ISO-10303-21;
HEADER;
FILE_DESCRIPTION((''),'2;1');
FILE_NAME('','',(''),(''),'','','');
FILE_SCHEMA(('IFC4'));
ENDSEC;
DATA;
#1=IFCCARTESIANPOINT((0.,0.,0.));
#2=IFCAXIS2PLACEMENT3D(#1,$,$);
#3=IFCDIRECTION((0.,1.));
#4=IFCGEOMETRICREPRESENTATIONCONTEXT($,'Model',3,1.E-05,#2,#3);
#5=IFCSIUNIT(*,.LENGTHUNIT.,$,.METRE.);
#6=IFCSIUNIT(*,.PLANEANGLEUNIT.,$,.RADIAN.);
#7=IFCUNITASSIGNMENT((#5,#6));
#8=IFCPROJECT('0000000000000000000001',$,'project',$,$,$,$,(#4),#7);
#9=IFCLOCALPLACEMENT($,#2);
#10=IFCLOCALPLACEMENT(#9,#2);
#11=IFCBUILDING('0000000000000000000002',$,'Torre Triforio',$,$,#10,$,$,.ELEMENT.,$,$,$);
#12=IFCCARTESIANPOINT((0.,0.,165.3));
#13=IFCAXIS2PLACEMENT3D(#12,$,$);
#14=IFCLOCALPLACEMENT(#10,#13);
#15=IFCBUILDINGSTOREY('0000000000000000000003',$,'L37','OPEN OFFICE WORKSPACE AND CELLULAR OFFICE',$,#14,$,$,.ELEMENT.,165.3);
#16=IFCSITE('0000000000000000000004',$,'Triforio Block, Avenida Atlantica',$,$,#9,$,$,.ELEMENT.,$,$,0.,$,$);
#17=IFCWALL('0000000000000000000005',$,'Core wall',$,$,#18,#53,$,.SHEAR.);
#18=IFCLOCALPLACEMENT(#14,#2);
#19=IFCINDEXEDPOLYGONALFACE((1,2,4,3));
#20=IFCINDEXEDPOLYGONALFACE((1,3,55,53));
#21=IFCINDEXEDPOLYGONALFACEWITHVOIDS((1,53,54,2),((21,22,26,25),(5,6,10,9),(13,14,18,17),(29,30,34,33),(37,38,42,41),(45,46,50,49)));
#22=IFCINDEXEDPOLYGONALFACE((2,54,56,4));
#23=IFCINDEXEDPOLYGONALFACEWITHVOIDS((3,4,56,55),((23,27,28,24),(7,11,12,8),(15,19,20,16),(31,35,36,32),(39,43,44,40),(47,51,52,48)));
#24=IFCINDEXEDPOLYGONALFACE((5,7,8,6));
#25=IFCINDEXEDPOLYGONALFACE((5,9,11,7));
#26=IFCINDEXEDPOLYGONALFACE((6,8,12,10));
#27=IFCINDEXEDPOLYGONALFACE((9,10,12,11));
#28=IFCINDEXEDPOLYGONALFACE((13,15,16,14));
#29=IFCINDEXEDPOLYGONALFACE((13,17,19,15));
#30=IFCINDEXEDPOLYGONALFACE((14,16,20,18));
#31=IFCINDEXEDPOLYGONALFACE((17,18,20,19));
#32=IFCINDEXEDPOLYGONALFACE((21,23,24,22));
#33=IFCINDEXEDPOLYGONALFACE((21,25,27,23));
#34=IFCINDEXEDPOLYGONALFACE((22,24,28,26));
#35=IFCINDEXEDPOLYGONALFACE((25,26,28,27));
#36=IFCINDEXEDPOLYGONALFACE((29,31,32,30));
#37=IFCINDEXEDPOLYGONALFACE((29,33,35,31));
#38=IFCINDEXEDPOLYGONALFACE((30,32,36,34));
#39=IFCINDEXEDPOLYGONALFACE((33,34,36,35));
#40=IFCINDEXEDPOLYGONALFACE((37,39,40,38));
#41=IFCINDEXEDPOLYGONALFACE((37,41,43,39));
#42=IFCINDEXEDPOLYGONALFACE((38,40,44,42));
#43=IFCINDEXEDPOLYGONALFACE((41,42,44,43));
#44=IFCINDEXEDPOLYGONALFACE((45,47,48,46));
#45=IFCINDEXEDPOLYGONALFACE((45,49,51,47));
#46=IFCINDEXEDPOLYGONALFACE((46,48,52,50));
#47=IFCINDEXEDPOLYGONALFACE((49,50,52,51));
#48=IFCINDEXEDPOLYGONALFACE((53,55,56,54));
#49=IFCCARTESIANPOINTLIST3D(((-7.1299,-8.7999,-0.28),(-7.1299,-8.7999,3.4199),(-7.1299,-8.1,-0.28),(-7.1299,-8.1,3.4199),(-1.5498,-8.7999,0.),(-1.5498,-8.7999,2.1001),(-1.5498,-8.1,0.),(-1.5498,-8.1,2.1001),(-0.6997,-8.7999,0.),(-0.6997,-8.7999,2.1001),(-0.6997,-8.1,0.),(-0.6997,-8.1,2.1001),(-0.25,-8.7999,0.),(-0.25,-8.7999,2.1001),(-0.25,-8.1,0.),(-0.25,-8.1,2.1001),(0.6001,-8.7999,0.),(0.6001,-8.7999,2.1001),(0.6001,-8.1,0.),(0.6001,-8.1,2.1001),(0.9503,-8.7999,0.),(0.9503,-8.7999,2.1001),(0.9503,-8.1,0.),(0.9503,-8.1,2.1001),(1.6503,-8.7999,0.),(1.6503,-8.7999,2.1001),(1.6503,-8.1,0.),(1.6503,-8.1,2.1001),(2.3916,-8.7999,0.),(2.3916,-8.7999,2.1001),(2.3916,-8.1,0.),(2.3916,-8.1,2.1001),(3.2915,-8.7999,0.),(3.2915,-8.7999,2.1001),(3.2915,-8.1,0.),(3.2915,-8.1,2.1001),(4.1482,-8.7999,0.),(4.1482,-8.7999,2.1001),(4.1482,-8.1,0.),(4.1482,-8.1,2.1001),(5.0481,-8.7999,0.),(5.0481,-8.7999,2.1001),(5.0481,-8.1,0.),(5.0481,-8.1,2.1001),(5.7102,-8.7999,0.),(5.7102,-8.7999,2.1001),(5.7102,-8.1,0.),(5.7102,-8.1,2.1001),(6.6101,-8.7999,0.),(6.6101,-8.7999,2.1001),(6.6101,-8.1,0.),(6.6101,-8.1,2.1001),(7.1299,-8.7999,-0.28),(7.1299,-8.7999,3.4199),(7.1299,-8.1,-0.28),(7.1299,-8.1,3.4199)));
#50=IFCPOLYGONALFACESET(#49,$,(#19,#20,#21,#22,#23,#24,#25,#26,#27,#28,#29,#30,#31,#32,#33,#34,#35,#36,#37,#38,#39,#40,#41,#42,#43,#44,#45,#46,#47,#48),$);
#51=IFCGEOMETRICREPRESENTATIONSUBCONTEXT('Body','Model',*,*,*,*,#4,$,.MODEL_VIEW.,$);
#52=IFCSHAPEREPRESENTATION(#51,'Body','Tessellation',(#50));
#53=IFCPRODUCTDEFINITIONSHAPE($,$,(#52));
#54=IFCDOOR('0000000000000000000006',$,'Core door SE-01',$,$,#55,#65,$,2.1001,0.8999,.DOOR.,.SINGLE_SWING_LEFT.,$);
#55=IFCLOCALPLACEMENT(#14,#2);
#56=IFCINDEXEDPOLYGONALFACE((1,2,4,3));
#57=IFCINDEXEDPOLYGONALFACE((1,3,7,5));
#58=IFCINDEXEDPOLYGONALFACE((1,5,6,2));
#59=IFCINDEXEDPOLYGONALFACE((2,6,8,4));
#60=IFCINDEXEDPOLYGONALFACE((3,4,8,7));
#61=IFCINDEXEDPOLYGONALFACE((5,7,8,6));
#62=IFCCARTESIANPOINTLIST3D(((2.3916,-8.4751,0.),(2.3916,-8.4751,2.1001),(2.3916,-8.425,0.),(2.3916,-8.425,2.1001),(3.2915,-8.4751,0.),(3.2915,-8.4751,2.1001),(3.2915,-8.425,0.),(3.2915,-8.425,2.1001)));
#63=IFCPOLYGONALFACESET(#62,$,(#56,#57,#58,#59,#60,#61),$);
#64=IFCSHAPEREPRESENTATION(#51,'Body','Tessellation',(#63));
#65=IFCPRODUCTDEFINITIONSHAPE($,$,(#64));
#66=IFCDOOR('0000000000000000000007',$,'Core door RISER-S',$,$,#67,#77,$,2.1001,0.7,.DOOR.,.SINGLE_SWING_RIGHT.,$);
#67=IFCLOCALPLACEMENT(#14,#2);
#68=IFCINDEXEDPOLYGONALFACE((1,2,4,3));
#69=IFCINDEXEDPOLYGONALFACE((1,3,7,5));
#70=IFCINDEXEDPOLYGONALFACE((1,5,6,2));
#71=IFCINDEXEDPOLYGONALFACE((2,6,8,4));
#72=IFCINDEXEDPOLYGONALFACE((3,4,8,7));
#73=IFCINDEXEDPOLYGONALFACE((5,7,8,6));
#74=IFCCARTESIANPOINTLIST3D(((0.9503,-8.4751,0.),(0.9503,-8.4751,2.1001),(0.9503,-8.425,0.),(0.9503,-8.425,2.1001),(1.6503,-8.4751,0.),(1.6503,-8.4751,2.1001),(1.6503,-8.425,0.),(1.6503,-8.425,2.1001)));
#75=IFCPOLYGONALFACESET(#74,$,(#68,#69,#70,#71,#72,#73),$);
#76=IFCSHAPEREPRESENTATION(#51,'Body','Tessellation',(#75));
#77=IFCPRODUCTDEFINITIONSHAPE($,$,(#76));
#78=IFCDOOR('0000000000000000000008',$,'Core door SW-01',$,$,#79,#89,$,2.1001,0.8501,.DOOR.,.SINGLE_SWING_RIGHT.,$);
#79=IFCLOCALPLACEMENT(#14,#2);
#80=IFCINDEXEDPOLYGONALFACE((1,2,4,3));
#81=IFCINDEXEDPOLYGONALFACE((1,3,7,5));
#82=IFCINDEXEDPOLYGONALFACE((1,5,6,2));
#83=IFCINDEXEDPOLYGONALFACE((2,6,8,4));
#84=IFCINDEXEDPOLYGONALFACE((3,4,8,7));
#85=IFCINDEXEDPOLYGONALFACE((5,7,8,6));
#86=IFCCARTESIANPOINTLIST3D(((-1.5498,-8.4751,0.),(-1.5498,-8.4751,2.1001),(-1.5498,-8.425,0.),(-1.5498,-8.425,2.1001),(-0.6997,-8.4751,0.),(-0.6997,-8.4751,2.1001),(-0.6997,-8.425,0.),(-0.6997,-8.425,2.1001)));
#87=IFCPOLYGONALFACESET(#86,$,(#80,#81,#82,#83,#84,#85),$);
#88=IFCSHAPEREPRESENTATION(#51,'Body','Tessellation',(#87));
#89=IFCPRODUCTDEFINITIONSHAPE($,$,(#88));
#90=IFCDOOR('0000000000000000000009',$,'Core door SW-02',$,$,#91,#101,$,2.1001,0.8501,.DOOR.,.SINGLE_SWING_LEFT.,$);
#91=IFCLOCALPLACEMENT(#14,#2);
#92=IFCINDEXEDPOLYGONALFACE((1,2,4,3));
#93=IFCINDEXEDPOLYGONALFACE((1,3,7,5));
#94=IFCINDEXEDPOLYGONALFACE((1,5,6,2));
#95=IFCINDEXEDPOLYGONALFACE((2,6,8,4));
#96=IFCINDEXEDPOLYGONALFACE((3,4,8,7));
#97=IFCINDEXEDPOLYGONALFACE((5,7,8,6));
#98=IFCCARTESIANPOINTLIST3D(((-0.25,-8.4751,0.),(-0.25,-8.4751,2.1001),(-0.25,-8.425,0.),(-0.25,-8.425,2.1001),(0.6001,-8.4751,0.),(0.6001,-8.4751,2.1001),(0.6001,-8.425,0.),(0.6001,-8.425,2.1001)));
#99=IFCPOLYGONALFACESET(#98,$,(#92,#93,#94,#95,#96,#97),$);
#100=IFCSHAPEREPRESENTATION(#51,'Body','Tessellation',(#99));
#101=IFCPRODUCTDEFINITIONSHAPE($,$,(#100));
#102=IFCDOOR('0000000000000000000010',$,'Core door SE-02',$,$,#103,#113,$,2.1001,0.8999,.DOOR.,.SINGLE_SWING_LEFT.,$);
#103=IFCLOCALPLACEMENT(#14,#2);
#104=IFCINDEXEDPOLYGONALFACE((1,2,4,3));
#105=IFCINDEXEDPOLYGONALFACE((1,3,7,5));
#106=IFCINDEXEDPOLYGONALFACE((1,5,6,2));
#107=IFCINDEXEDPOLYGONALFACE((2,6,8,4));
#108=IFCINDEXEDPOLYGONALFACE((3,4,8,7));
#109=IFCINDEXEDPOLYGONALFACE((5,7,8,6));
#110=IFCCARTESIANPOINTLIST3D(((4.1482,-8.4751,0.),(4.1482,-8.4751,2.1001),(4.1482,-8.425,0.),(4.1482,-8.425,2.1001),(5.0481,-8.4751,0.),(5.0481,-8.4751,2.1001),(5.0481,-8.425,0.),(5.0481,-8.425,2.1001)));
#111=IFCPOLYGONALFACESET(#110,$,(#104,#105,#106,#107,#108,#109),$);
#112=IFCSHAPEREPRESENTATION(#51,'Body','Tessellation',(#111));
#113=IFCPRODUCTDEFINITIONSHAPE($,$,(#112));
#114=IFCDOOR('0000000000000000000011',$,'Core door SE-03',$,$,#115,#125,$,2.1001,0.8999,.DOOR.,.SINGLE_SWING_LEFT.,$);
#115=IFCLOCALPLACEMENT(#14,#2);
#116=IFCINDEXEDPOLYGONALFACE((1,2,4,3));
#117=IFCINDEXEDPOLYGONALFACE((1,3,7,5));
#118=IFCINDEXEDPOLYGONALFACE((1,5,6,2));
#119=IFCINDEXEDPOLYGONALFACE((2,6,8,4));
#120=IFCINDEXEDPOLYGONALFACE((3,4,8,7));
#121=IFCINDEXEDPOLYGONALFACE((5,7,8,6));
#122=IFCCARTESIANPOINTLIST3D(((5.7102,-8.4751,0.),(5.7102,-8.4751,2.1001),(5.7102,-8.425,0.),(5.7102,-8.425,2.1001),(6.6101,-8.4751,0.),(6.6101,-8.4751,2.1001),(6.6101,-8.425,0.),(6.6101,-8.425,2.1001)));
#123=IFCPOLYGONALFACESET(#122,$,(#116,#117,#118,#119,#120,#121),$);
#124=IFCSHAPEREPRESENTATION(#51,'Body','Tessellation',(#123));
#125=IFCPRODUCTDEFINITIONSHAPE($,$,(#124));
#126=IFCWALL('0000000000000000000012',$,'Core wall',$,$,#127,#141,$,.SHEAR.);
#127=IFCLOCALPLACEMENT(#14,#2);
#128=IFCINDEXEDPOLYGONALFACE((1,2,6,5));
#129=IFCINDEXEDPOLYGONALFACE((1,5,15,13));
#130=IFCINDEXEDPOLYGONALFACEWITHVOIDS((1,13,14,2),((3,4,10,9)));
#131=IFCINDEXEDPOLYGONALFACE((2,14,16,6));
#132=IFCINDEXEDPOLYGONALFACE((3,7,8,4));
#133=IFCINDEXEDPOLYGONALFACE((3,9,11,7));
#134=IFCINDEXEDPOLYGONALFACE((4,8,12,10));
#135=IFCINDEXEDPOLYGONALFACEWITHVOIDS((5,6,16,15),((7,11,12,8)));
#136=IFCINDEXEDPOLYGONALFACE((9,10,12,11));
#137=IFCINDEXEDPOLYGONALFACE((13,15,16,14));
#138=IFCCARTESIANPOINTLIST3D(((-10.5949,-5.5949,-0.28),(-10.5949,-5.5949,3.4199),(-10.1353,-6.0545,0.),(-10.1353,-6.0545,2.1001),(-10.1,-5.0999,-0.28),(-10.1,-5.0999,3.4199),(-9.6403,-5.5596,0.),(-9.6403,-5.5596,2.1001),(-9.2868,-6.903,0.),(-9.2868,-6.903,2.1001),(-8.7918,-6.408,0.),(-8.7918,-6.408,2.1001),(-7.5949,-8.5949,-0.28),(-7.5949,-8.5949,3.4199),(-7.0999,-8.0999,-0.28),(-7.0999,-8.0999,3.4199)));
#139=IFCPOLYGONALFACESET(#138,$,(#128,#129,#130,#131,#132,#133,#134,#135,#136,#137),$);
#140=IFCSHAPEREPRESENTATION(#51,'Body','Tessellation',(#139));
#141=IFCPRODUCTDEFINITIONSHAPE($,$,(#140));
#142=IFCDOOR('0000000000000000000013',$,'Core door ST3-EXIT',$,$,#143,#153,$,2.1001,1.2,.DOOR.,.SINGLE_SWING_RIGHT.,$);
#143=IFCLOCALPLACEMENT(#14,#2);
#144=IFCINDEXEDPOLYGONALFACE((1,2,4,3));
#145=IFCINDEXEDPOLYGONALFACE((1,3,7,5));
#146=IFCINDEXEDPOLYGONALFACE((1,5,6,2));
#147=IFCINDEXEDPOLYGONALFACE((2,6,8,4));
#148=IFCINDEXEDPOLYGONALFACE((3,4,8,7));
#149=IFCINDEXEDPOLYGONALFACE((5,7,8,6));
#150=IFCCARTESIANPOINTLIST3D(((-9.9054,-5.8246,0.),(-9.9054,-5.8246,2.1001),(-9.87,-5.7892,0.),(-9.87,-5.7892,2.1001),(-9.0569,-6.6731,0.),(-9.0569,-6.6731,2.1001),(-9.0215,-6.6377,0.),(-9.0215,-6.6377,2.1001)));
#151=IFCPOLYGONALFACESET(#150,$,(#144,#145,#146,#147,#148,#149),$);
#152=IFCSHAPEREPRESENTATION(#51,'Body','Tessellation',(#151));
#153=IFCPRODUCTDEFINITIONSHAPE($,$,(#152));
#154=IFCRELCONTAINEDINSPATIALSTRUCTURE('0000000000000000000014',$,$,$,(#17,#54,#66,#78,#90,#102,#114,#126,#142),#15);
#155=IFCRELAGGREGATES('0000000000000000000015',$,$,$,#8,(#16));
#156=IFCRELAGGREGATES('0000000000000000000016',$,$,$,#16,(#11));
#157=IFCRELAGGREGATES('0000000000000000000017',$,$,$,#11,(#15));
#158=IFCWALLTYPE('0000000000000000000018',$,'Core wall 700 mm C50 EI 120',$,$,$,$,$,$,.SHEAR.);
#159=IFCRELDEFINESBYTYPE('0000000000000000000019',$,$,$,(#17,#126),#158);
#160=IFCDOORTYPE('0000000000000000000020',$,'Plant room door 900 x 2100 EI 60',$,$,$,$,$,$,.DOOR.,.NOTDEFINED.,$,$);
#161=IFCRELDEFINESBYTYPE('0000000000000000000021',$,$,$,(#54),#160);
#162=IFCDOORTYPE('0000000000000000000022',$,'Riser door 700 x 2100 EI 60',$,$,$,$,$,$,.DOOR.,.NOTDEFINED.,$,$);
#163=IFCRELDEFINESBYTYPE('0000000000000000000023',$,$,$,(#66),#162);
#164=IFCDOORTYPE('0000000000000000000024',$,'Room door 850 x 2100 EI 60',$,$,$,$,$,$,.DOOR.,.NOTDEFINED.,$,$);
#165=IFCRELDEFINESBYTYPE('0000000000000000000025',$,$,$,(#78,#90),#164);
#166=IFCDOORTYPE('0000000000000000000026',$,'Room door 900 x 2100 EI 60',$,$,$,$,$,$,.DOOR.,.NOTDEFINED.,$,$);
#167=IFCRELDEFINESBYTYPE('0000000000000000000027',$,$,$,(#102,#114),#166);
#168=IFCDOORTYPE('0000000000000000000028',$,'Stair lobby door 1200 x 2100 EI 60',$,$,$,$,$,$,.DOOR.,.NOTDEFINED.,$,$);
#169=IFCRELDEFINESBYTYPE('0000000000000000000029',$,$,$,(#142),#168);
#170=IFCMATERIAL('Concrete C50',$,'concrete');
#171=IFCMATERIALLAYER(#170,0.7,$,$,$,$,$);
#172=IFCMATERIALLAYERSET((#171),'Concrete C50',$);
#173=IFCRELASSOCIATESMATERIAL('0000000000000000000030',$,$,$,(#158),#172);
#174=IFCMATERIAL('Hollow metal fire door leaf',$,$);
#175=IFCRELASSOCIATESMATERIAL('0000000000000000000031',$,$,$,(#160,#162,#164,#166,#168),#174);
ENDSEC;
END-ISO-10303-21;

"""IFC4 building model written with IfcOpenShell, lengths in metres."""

from ifc_helpers import new_model, si_unit, direction, frame, frame_2d, origin, place, context, subcontext, project, spatial, rectangle, extrude, material, layer, layer_set, type_object, element, fill, save


model = new_model("IFC4")

# Units and contexts
model_context = context("Model", 3, precision=1e-05, world=origin(), true_north=direction((0.0, 1.0)))
body_context = subcontext(model_context, "Body", "Model", "MODEL_VIEW")
ifc_project = project(units=[si_unit("LENGTHUNIT", "METRE"), si_unit("PLANEANGLEUNIT", "RADIAN")], contexts=[model_context])

# Site, building, storey
site_placement = place(None, origin())
site = spatial("IfcSite", under=ifc_project, at=site_placement, Name="Triforio Block, Avenida Atlantica", CompositionType="ELEMENT", RefElevation=0.0)
building_placement = place(site_placement, origin())
building = spatial("IfcBuilding", under=site, at=building_placement, Name="Torre Triforio", CompositionType="ELEMENT")
storey_placement = place(building_placement, frame((0.0, 0.0, 165.3)))
storey = spatial("IfcBuildingStorey", under=building, at=storey_placement, Name="L37", Description="OPEN OFFICE WORKSPACE AND CELLULAR OFFICE", CompositionType="ELEMENT", Elevation=165.3)

# Shared definitions
ifc_material_1 = material(Name="Concrete C50", Category="concrete")

# Wall, openings, doors
ifc_layer_1 = layer(ifc_material_1, 0.7)
ifc_layer_set_1 = layer_set([ifc_layer_1], Name="Concrete C50")
wall_type_1 = type_object("IfcWallType", Name="Core wall 700 mm C50 EI 120", PredefinedType="SHEAR", material=ifc_layer_set_1)
wall_1_placement = place(storey_placement, frame((-7.1299, -8.45, -0.28), z_axis=(0.0, 0.0, 1.0), x_axis=(1.0, 0.0, 0.0)))
wall_1 = element("IfcWall", 1, at=wall_1_placement, inside=storey, type_object=wall_type_1, Name="Core wall", PredefinedType="SHEAR", context=body_context, shape_type="SweptSolid", body=[
    extrude(rectangle(XDim=14.2598, YDim=0.7, at=frame_2d((7.1299, 0.0))), origin(), (0.0, 0.0, 1.0), 3.7),
])
opening_1_placement = place(wall_1_placement, frame((8.0801, 0.0, 0.28)))
opening_1 = element("IfcOpeningElement", 2, at=opening_1_placement, cuts=wall_1, PredefinedType="OPENING", context=body_context, shape_type="SweptSolid", body=[
    extrude(rectangle(XDim=0.7, YDim=2.1001, at=frame_2d((0.3501, 1.05))), frame((0.0, 0.3599, 0.0), z_axis=(0.0, -1.0, 0.0), x_axis=(1.0, 0.0, 0.0)), (0.0, 0.0, 1.0), 0.72),
])
opening_2_placement = place(wall_1_placement, frame((5.5801, 0.0, 0.28)))
opening_2 = element("IfcOpeningElement", 3, at=opening_2_placement, cuts=wall_1, PredefinedType="OPENING", context=body_context, shape_type="SweptSolid", body=[
    extrude(rectangle(XDim=0.8501, YDim=2.1001, at=frame_2d((0.425, 1.05))), frame((0.0, 0.3599, 0.0), z_axis=(0.0, -1.0, 0.0), x_axis=(1.0, 0.0, 0.0)), (0.0, 0.0, 1.0), 0.72),
])
opening_3_placement = place(wall_1_placement, frame((6.8799, 0.0, 0.28)))
opening_3 = element("IfcOpeningElement", 4, at=opening_3_placement, cuts=wall_1, PredefinedType="OPENING", context=body_context, shape_type="SweptSolid", body=[
    extrude(rectangle(XDim=0.8501, YDim=2.1001, at=frame_2d((0.425, 1.05))), frame((0.0, 0.3599, 0.0), z_axis=(0.0, -1.0, 0.0), x_axis=(1.0, 0.0, 0.0)), (0.0, 0.0, 1.0), 0.72),
])
opening_4_placement = place(wall_1_placement, frame((9.5215, 0.0, 0.28)))
opening_4 = element("IfcOpeningElement", 5, at=opening_4_placement, cuts=wall_1, PredefinedType="OPENING", context=body_context, shape_type="SweptSolid", body=[
    extrude(rectangle(XDim=0.8999, YDim=2.1001, at=frame_2d((0.45, 1.05))), frame((0.0, 0.3599, 0.0), z_axis=(0.0, -1.0, 0.0), x_axis=(1.0, 0.0, 0.0)), (0.0, 0.0, 1.0), 0.72),
])
opening_5_placement = place(wall_1_placement, frame((11.2781, 0.0, 0.28)))
opening_5 = element("IfcOpeningElement", 6, at=opening_5_placement, cuts=wall_1, PredefinedType="OPENING", context=body_context, shape_type="SweptSolid", body=[
    extrude(rectangle(XDim=0.8999, YDim=2.1001, at=frame_2d((0.45, 1.05))), frame((0.0, 0.3599, 0.0), z_axis=(0.0, -1.0, 0.0), x_axis=(1.0, 0.0, 0.0)), (0.0, 0.0, 1.0), 0.72),
])
opening_6_placement = place(wall_1_placement, frame((12.8401, 0.0, 0.28)))
opening_6 = element("IfcOpeningElement", 7, at=opening_6_placement, cuts=wall_1, PredefinedType="OPENING", context=body_context, shape_type="SweptSolid", body=[
    extrude(rectangle(XDim=0.8999, YDim=2.1001, at=frame_2d((0.45, 1.05))), frame((0.0, 0.3599, 0.0), z_axis=(0.0, -1.0, 0.0), x_axis=(1.0, 0.0, 0.0)), (0.0, 0.0, 1.0), 0.72),
])
ifc_material_2 = material(Name="Hollow metal fire door leaf")
door_type_1 = type_object("IfcDoorType", Name="Plant room door 900 x 2100 EI 60", OperationType="NOTDEFINED", PredefinedType="DOOR", material=ifc_material_2)
door_1_placement = place(opening_4_placement, origin())
door_1 = element("IfcDoor", 8, at=door_1_placement, inside=storey, type_object=door_type_1, Name="Core door SE-01", OperationType="SINGLE_SWING_LEFT", OverallHeight=2.1001, OverallWidth=0.8999, PredefinedType="DOOR", context=body_context, shape_type="SweptSolid", body=[
    extrude(rectangle(XDim=0.8999, YDim=2.1001, at=frame_2d((0.45, 1.05))), frame((0.0, 0.0249, 0.0), z_axis=(0.0, -1.0, 0.0), x_axis=(1.0, 0.0, 0.0)), (0.0, 0.0, 1.0), 0.05),
])
fill(opening_4, door_1)
door_type_2 = type_object("IfcDoorType", Name="Riser door 700 x 2100 EI 60", OperationType="NOTDEFINED", PredefinedType="DOOR", material=ifc_material_2)
door_2_placement = place(opening_1_placement, origin())
door_2 = element("IfcDoor", 9, at=door_2_placement, inside=storey, type_object=door_type_2, Name="Core door RISER-S", OperationType="SINGLE_SWING_RIGHT", OverallHeight=2.1001, OverallWidth=0.7, PredefinedType="DOOR", context=body_context, shape_type="SweptSolid", body=[
    extrude(rectangle(XDim=0.7, YDim=2.1001, at=frame_2d((0.3501, 1.05))), frame((0.0, 0.0249, 0.0), z_axis=(0.0, -1.0, 0.0), x_axis=(1.0, 0.0, 0.0)), (0.0, 0.0, 1.0), 0.05),
])
fill(opening_1, door_2)
door_type_3 = type_object("IfcDoorType", Name="Room door 850 x 2100 EI 60", OperationType="NOTDEFINED", PredefinedType="DOOR", material=ifc_material_2)
door_3_placement = place(opening_2_placement, origin())
door_3 = element("IfcDoor", 10, at=door_3_placement, inside=storey, type_object=door_type_3, Name="Core door SW-01", OperationType="SINGLE_SWING_RIGHT", OverallHeight=2.1001, OverallWidth=0.8501, PredefinedType="DOOR", context=body_context, shape_type="SweptSolid", body=[
    extrude(rectangle(XDim=0.8501, YDim=2.1001, at=frame_2d((0.425, 1.05))), frame((0.0, 0.0249, 0.0), z_axis=(0.0, -1.0, 0.0), x_axis=(1.0, 0.0, 0.0)), (0.0, 0.0, 1.0), 0.05),
])
fill(opening_2, door_3)
door_4_placement = place(opening_3_placement, origin())
door_4 = element("IfcDoor", 11, at=door_4_placement, inside=storey, type_object=door_type_3, Name="Core door SW-02", OperationType="SINGLE_SWING_LEFT", OverallHeight=2.1001, OverallWidth=0.8501, PredefinedType="DOOR", context=body_context, shape_type="SweptSolid", body=[
    extrude(rectangle(XDim=0.8501, YDim=2.1001, at=frame_2d((0.425, 1.05))), frame((0.0, 0.0249, 0.0), z_axis=(0.0, -1.0, 0.0), x_axis=(1.0, 0.0, 0.0)), (0.0, 0.0, 1.0), 0.05),
])
fill(opening_3, door_4)
door_type_4 = type_object("IfcDoorType", Name="Room door 900 x 2100 EI 60", OperationType="NOTDEFINED", PredefinedType="DOOR", material=ifc_material_2)
door_5_placement = place(opening_5_placement, origin())
door_5 = element("IfcDoor", 12, at=door_5_placement, inside=storey, type_object=door_type_4, Name="Core door SE-02", OperationType="SINGLE_SWING_LEFT", OverallHeight=2.1001, OverallWidth=0.8999, PredefinedType="DOOR", context=body_context, shape_type="SweptSolid", body=[
    extrude(rectangle(XDim=0.8999, YDim=2.1001, at=frame_2d((0.45, 1.05))), frame((0.0, 0.0249, 0.0), z_axis=(0.0, -1.0, 0.0), x_axis=(1.0, 0.0, 0.0)), (0.0, 0.0, 1.0), 0.05),
])
fill(opening_5, door_5)
door_6_placement = place(opening_6_placement, origin())
door_6 = element("IfcDoor", 13, at=door_6_placement, inside=storey, type_object=door_type_4, Name="Core door SE-03", OperationType="SINGLE_SWING_LEFT", OverallHeight=2.1001, OverallWidth=0.8999, PredefinedType="DOOR", context=body_context, shape_type="SweptSolid", body=[
    extrude(rectangle(XDim=0.8999, YDim=2.1001, at=frame_2d((0.45, 1.05))), frame((0.0, 0.0249, 0.0), z_axis=(0.0, -1.0, 0.0), x_axis=(1.0, 0.0, 0.0)), (0.0, 0.0, 1.0), 0.05),
])
fill(opening_6, door_6)

# Wall, opening, door
wall_2_placement = place(storey_placement, frame((-7.3474, -8.3474, -0.28), z_axis=(0.0, 0.0, 1.0), x_axis=(-0.707107, 0.707107, 0.0)))
wall_2 = element("IfcWall", 14, at=wall_2_placement, inside=storey, type_object=wall_type_1, Name="Core wall", PredefinedType="SHEAR", context=body_context, shape_type="SweptSolid", body=[
    extrude(rectangle(XDim=4.2427, YDim=0.7, at=frame_2d((2.1213, 0.0))), origin(), (0.0, 0.0, 1.0), 3.7),
])
opening_7_placement = place(wall_2_placement, frame((2.3926, 0.0, 0.28)))
opening_7 = element("IfcOpeningElement", 15, at=opening_7_placement, cuts=wall_2, PredefinedType="OPENING", context=body_context, shape_type="SweptSolid", body=[
    extrude(rectangle(XDim=1.2, YDim=2.1001, at=frame_2d((0.6001, 1.05))), frame((0.0, 0.3599, 0.0), z_axis=(0.0, -1.0, 0.0), x_axis=(1.0, 0.0, 0.0)), (0.0, 0.0, 1.0), 0.72),
])
door_type_5 = type_object("IfcDoorType", Name="Stair lobby door 1200 x 2100 EI 60", OperationType="NOTDEFINED", PredefinedType="DOOR", material=ifc_material_2)
door_7_placement = place(opening_7_placement, origin())
door_7 = element("IfcDoor", 16, at=door_7_placement, inside=storey, type_object=door_type_5, Name="Core door ST3-EXIT", OperationType="SINGLE_SWING_RIGHT", OverallHeight=2.1001, OverallWidth=1.2, PredefinedType="DOOR", context=body_context, shape_type="SweptSolid", body=[
    extrude(rectangle(XDim=1.2, YDim=2.1001, at=frame_2d((0.6001, 1.05))), frame((0.0, 0.0249, 0.0), z_axis=(0.0, -1.0, 0.0), x_axis=(1.0, 0.0, 0.0)), (0.0, 0.0, 1.0), 0.05),
])
fill(opening_7, door_7)

save(model, "model.ifc")
